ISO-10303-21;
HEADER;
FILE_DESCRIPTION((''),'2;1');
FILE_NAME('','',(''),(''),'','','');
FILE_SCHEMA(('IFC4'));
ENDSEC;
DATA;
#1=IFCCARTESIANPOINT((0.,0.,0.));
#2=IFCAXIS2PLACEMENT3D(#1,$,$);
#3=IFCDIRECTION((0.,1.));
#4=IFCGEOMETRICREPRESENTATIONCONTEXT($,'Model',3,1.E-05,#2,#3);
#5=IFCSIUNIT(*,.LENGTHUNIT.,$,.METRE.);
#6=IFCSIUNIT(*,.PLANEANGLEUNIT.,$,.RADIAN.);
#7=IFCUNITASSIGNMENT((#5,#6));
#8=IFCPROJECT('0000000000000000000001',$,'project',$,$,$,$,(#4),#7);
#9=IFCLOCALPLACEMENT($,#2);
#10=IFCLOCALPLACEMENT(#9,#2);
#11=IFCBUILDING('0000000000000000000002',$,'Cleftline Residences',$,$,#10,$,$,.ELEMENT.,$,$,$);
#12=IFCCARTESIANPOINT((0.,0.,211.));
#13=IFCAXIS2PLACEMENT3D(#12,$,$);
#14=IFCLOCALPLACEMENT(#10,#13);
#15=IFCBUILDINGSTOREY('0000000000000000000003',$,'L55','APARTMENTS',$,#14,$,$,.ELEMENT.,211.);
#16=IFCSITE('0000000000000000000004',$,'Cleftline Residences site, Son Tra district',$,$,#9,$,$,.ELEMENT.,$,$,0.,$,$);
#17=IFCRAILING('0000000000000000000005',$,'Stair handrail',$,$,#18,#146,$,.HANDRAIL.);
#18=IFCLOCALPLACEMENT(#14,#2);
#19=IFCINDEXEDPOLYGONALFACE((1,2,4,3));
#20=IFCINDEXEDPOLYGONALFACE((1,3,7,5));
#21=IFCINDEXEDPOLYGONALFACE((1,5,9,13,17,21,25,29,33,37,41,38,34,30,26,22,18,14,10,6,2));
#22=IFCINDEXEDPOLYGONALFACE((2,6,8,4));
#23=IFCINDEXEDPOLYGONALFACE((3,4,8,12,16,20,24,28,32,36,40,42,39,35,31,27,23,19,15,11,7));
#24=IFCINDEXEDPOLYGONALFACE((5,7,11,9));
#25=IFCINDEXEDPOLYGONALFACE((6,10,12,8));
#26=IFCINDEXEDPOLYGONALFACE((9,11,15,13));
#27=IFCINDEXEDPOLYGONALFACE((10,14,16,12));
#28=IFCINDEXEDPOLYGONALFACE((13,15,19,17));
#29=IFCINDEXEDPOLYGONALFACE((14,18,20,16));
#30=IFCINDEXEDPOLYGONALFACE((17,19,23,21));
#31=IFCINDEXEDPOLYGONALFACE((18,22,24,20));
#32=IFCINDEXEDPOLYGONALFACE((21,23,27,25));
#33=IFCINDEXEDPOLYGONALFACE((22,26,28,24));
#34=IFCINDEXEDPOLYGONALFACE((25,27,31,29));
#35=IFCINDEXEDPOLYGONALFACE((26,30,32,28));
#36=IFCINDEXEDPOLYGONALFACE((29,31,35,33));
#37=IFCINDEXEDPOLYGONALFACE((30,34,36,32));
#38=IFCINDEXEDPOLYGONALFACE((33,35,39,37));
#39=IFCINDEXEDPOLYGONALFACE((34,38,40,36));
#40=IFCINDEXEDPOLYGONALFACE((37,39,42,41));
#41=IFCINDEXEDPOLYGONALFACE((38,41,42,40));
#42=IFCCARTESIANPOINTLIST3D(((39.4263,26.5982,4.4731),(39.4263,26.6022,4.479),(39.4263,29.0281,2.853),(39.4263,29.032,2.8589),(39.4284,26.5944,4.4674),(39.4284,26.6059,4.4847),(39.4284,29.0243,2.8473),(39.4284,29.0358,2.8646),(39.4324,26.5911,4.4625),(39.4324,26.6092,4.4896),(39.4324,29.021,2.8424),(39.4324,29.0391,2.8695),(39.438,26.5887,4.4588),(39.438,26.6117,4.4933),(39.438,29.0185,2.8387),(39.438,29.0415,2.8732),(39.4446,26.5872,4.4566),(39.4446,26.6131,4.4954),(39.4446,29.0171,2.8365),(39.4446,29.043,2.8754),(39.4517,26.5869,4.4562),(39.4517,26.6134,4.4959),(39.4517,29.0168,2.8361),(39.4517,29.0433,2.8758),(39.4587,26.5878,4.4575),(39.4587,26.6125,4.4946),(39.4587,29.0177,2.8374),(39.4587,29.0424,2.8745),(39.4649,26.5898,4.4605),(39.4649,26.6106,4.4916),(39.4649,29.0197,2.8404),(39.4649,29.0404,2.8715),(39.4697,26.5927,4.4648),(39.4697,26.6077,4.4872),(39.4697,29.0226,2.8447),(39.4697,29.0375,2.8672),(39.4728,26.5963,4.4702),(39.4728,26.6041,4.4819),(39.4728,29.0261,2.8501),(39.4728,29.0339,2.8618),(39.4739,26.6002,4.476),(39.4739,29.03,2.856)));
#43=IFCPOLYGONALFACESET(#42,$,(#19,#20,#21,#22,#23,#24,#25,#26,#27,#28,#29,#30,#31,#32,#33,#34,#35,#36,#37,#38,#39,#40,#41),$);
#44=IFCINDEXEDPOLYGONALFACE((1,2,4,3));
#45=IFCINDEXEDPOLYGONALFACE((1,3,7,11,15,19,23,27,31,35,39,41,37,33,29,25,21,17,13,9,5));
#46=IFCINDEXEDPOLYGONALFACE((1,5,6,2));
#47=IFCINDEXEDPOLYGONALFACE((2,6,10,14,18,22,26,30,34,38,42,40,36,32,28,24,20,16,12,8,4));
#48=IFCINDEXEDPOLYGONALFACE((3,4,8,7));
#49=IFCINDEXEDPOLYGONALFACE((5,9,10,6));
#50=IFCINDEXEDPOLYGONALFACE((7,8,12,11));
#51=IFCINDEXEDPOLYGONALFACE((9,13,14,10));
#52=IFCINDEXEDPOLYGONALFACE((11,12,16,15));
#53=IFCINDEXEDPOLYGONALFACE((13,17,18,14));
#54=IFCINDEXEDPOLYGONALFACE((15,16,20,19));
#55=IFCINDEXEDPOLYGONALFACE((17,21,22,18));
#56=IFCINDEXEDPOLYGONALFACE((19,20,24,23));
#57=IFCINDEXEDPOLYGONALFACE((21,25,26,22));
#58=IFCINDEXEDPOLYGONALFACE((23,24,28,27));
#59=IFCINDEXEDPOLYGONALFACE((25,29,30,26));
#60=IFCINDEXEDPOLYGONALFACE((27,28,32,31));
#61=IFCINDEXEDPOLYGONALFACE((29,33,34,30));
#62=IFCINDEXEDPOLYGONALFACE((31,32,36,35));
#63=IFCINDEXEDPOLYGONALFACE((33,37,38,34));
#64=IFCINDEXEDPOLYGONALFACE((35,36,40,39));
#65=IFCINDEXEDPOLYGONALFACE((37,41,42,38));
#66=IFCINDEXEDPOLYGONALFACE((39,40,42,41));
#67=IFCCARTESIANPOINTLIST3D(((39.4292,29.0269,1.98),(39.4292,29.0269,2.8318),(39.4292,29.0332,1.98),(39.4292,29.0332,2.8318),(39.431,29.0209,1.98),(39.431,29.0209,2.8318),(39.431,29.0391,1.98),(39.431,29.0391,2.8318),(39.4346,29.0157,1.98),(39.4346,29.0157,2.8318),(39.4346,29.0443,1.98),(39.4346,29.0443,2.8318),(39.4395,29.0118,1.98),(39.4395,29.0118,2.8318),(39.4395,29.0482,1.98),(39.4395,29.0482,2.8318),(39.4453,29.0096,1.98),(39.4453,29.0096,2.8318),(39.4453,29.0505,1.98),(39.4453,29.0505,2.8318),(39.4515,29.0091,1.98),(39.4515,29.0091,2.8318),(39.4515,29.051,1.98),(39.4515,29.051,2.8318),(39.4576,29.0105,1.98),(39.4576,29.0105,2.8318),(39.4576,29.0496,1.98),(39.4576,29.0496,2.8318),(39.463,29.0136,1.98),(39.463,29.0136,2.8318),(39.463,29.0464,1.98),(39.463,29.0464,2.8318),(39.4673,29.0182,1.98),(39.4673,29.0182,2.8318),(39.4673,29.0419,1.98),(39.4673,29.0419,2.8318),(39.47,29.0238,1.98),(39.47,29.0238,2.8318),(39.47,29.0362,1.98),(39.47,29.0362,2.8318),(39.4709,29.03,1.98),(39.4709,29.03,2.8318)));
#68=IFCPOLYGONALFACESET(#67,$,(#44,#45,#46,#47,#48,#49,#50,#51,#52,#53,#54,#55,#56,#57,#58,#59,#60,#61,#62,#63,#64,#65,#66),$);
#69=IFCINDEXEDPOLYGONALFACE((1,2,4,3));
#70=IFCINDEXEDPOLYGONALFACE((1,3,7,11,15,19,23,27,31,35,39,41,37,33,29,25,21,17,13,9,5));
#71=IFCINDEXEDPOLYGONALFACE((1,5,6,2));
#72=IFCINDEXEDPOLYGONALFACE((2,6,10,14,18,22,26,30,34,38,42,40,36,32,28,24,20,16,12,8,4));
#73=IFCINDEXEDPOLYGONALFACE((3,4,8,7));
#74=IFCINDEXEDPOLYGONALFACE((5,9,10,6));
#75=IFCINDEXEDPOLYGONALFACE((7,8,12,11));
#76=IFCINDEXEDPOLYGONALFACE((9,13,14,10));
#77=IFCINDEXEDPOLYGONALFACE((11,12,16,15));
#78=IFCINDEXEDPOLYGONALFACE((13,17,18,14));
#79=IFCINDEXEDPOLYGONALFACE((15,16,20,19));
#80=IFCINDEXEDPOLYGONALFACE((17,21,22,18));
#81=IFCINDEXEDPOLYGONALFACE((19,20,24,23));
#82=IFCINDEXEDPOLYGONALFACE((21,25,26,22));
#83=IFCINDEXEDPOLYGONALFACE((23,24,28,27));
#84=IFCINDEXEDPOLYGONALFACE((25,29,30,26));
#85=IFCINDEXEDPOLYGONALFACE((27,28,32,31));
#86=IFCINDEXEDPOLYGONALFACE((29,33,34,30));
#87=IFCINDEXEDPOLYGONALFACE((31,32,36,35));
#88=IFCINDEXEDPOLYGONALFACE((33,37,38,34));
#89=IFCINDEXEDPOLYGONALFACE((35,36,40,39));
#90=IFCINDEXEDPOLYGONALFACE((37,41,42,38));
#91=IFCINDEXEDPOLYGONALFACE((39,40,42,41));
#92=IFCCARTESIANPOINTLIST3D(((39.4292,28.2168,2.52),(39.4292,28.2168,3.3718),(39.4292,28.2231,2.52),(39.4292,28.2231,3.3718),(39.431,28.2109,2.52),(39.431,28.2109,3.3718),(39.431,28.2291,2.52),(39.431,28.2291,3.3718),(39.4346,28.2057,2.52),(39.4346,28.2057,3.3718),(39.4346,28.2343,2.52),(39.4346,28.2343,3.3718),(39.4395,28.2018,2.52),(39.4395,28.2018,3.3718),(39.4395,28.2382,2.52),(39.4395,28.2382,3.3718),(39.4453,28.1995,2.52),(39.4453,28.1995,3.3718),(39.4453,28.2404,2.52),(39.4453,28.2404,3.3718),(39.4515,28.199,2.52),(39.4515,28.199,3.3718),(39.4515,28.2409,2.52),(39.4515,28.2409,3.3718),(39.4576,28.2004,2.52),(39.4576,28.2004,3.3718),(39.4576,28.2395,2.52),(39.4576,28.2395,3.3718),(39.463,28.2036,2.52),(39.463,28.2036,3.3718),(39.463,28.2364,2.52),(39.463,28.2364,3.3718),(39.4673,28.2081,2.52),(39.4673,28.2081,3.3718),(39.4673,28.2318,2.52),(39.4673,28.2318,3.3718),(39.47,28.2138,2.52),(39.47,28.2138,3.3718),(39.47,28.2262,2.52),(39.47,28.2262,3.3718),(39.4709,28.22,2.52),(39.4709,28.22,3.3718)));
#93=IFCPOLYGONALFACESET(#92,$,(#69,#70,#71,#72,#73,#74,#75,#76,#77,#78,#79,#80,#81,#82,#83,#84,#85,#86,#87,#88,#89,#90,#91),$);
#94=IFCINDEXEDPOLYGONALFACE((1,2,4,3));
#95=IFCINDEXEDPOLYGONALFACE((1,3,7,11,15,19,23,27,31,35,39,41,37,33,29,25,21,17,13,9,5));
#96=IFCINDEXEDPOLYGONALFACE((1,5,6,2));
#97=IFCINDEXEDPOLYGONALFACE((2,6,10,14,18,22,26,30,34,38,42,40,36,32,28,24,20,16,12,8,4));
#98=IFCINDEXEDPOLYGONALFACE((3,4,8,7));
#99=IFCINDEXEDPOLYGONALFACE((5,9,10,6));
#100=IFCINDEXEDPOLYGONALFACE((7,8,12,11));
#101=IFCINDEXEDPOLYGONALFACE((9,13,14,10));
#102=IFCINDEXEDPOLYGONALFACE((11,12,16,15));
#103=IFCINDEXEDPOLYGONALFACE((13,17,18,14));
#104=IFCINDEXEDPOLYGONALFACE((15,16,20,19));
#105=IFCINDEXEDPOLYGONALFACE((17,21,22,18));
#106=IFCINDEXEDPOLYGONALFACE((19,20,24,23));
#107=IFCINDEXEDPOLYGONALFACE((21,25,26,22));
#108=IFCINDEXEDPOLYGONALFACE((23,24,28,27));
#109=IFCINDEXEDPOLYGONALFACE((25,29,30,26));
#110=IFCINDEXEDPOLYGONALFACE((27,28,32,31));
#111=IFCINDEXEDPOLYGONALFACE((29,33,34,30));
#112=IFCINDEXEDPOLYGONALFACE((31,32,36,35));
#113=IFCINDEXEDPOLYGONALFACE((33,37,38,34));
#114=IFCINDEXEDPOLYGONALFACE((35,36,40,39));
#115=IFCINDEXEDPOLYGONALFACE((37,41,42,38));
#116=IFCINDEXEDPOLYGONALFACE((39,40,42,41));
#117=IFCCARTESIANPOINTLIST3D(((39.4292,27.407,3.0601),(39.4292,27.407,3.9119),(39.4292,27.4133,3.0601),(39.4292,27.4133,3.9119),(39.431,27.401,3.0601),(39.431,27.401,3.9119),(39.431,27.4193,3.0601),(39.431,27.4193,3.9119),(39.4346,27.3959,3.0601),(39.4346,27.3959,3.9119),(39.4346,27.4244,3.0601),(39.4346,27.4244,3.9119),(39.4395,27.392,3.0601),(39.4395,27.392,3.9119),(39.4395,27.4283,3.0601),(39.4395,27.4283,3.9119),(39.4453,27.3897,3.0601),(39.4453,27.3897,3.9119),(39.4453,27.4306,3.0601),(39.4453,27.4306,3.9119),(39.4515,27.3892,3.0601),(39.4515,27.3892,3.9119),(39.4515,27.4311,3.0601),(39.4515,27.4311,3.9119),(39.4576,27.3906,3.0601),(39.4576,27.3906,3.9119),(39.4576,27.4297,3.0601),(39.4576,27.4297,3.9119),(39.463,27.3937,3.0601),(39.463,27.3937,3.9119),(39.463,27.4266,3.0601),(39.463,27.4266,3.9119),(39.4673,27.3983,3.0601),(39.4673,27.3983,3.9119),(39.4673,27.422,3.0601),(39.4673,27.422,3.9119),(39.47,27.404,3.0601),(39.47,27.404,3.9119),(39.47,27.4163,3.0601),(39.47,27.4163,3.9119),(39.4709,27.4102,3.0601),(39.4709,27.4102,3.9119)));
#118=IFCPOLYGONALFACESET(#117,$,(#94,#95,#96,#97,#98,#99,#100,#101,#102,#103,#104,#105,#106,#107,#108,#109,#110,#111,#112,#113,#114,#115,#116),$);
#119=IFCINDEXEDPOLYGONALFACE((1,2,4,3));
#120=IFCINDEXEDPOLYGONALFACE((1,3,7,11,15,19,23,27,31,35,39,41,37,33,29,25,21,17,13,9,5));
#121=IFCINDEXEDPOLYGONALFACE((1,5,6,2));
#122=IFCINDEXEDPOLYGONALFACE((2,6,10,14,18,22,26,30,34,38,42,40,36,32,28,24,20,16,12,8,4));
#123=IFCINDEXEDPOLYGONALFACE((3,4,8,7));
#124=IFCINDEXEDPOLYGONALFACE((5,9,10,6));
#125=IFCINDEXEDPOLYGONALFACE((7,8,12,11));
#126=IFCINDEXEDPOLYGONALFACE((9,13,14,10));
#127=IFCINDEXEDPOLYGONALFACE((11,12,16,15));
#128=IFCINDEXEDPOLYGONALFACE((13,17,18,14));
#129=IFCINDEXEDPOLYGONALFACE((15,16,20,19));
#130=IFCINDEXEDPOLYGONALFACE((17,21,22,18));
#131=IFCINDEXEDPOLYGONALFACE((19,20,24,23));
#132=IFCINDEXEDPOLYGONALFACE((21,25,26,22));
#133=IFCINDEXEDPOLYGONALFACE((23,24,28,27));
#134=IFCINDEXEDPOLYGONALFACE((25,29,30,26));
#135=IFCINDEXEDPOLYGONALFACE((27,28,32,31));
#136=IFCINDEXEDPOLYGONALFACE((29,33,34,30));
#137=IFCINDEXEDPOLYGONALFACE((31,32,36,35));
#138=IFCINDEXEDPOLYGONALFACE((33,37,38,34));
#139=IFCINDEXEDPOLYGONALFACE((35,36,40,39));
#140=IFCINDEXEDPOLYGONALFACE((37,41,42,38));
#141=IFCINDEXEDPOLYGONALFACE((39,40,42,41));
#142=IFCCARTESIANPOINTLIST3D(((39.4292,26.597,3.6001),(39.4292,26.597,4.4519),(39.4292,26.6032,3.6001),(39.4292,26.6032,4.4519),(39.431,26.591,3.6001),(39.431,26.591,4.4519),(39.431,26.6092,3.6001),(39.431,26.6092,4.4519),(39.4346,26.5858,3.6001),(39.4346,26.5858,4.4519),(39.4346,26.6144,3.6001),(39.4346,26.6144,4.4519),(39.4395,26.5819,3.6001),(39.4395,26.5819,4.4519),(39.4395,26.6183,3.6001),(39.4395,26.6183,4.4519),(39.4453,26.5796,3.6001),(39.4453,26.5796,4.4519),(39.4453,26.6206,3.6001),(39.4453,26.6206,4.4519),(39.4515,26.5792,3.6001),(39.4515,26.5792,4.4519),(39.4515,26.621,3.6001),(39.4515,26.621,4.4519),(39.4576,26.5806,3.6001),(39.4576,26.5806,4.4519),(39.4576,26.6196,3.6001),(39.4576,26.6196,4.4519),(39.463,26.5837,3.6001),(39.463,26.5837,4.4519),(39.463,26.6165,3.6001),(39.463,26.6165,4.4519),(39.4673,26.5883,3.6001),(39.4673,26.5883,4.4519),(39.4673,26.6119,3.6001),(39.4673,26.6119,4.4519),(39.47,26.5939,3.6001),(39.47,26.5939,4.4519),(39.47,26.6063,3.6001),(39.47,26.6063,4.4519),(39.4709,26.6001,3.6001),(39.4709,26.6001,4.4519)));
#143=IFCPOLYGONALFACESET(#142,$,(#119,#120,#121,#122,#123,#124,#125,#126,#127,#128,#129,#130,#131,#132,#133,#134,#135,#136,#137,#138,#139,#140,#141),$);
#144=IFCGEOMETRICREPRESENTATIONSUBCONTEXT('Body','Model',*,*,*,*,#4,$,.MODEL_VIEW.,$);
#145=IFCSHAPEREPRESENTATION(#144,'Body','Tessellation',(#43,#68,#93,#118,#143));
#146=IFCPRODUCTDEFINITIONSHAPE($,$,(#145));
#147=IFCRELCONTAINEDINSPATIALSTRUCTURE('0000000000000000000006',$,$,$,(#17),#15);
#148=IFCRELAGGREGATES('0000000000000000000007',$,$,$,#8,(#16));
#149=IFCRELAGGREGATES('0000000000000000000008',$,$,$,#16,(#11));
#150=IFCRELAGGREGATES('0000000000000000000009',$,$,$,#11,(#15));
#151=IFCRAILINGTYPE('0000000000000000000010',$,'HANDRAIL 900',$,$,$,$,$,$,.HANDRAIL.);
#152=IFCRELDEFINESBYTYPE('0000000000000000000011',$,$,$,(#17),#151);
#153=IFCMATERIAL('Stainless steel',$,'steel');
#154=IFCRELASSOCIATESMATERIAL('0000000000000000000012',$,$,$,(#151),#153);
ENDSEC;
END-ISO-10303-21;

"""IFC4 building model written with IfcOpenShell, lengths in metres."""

from ifc_helpers import new_model, si_unit, direction, frame, origin, origin_2d, place, context, subcontext, project, spatial, circle, extrude, material, type_object, element, save


model = new_model("IFC4")

# Units and contexts
model_context = context("Model", 3, precision=1e-05, world=origin(), true_north=direction((0.0, 1.0)))
body_context = subcontext(model_context, "Body", "Model", "MODEL_VIEW")
ifc_project = project(units=[si_unit("LENGTHUNIT", "METRE"), si_unit("PLANEANGLEUNIT", "RADIAN")], contexts=[model_context])

# Site, building, storey
site_placement = place(None, origin())
site = spatial("IfcSite", under=ifc_project, at=site_placement, Name="Cleftline Residences site, Son Tra district", CompositionType="ELEMENT", RefElevation=0.0)
building_placement = place(site_placement, origin())
building = spatial("IfcBuilding", under=site, at=building_placement, Name="Cleftline Residences", CompositionType="ELEMENT")
storey_placement = place(building_placement, frame((0.0, 0.0, 211.0)))
storey = spatial("IfcBuildingStorey", under=building, at=storey_placement, Name="L55", Description="APARTMENTS", CompositionType="ELEMENT", Elevation=211.0)

# Railing
ifc_material_1 = material(Name="Stainless steel", Category="steel")
railing_type = type_object("IfcRailingType", Name="HANDRAIL 900", PredefinedType="HANDRAIL", material=ifc_material_1)
railing_1_placement = place(storey_placement, frame((39.45, 29.03, 1.98)))
element("IfcRailing", 1, at=railing_1_placement, inside=storey, type_object=railing_type, Name="Stair handrail", PredefinedType="HANDRAIL", context=body_context, shape_type="SweptSolid", body=[
    extrude(circle(Radius=0.0239, at=origin_2d()), frame((0.0, 0.0, 0.876), z_axis=(0.0, -0.832025, 0.554739), x_axis=(1.0, 0.0, 0.0)), (0.0, 0.0, 1.0), 2.9204),
    extrude(circle(Radius=0.021, at=origin_2d()), origin(), (0.0, 0.0, 1.0), 0.8518),
    extrude(circle(Radius=0.021, at=origin_2d()), frame((0.0, -0.8101, 0.54)), (0.0, 0.0, 1.0), 0.8518),
    extrude(circle(Radius=0.021, at=origin_2d()), frame((0.0, -1.6199, 1.0801)), (0.0, 0.0, 1.0), 0.8518),
    extrude(circle(Radius=0.021, at=origin_2d()), frame((0.0, -2.4299, 1.6201)), (0.0, 0.0, 1.0), 0.8518),
])

save(model, "model.ifc")
